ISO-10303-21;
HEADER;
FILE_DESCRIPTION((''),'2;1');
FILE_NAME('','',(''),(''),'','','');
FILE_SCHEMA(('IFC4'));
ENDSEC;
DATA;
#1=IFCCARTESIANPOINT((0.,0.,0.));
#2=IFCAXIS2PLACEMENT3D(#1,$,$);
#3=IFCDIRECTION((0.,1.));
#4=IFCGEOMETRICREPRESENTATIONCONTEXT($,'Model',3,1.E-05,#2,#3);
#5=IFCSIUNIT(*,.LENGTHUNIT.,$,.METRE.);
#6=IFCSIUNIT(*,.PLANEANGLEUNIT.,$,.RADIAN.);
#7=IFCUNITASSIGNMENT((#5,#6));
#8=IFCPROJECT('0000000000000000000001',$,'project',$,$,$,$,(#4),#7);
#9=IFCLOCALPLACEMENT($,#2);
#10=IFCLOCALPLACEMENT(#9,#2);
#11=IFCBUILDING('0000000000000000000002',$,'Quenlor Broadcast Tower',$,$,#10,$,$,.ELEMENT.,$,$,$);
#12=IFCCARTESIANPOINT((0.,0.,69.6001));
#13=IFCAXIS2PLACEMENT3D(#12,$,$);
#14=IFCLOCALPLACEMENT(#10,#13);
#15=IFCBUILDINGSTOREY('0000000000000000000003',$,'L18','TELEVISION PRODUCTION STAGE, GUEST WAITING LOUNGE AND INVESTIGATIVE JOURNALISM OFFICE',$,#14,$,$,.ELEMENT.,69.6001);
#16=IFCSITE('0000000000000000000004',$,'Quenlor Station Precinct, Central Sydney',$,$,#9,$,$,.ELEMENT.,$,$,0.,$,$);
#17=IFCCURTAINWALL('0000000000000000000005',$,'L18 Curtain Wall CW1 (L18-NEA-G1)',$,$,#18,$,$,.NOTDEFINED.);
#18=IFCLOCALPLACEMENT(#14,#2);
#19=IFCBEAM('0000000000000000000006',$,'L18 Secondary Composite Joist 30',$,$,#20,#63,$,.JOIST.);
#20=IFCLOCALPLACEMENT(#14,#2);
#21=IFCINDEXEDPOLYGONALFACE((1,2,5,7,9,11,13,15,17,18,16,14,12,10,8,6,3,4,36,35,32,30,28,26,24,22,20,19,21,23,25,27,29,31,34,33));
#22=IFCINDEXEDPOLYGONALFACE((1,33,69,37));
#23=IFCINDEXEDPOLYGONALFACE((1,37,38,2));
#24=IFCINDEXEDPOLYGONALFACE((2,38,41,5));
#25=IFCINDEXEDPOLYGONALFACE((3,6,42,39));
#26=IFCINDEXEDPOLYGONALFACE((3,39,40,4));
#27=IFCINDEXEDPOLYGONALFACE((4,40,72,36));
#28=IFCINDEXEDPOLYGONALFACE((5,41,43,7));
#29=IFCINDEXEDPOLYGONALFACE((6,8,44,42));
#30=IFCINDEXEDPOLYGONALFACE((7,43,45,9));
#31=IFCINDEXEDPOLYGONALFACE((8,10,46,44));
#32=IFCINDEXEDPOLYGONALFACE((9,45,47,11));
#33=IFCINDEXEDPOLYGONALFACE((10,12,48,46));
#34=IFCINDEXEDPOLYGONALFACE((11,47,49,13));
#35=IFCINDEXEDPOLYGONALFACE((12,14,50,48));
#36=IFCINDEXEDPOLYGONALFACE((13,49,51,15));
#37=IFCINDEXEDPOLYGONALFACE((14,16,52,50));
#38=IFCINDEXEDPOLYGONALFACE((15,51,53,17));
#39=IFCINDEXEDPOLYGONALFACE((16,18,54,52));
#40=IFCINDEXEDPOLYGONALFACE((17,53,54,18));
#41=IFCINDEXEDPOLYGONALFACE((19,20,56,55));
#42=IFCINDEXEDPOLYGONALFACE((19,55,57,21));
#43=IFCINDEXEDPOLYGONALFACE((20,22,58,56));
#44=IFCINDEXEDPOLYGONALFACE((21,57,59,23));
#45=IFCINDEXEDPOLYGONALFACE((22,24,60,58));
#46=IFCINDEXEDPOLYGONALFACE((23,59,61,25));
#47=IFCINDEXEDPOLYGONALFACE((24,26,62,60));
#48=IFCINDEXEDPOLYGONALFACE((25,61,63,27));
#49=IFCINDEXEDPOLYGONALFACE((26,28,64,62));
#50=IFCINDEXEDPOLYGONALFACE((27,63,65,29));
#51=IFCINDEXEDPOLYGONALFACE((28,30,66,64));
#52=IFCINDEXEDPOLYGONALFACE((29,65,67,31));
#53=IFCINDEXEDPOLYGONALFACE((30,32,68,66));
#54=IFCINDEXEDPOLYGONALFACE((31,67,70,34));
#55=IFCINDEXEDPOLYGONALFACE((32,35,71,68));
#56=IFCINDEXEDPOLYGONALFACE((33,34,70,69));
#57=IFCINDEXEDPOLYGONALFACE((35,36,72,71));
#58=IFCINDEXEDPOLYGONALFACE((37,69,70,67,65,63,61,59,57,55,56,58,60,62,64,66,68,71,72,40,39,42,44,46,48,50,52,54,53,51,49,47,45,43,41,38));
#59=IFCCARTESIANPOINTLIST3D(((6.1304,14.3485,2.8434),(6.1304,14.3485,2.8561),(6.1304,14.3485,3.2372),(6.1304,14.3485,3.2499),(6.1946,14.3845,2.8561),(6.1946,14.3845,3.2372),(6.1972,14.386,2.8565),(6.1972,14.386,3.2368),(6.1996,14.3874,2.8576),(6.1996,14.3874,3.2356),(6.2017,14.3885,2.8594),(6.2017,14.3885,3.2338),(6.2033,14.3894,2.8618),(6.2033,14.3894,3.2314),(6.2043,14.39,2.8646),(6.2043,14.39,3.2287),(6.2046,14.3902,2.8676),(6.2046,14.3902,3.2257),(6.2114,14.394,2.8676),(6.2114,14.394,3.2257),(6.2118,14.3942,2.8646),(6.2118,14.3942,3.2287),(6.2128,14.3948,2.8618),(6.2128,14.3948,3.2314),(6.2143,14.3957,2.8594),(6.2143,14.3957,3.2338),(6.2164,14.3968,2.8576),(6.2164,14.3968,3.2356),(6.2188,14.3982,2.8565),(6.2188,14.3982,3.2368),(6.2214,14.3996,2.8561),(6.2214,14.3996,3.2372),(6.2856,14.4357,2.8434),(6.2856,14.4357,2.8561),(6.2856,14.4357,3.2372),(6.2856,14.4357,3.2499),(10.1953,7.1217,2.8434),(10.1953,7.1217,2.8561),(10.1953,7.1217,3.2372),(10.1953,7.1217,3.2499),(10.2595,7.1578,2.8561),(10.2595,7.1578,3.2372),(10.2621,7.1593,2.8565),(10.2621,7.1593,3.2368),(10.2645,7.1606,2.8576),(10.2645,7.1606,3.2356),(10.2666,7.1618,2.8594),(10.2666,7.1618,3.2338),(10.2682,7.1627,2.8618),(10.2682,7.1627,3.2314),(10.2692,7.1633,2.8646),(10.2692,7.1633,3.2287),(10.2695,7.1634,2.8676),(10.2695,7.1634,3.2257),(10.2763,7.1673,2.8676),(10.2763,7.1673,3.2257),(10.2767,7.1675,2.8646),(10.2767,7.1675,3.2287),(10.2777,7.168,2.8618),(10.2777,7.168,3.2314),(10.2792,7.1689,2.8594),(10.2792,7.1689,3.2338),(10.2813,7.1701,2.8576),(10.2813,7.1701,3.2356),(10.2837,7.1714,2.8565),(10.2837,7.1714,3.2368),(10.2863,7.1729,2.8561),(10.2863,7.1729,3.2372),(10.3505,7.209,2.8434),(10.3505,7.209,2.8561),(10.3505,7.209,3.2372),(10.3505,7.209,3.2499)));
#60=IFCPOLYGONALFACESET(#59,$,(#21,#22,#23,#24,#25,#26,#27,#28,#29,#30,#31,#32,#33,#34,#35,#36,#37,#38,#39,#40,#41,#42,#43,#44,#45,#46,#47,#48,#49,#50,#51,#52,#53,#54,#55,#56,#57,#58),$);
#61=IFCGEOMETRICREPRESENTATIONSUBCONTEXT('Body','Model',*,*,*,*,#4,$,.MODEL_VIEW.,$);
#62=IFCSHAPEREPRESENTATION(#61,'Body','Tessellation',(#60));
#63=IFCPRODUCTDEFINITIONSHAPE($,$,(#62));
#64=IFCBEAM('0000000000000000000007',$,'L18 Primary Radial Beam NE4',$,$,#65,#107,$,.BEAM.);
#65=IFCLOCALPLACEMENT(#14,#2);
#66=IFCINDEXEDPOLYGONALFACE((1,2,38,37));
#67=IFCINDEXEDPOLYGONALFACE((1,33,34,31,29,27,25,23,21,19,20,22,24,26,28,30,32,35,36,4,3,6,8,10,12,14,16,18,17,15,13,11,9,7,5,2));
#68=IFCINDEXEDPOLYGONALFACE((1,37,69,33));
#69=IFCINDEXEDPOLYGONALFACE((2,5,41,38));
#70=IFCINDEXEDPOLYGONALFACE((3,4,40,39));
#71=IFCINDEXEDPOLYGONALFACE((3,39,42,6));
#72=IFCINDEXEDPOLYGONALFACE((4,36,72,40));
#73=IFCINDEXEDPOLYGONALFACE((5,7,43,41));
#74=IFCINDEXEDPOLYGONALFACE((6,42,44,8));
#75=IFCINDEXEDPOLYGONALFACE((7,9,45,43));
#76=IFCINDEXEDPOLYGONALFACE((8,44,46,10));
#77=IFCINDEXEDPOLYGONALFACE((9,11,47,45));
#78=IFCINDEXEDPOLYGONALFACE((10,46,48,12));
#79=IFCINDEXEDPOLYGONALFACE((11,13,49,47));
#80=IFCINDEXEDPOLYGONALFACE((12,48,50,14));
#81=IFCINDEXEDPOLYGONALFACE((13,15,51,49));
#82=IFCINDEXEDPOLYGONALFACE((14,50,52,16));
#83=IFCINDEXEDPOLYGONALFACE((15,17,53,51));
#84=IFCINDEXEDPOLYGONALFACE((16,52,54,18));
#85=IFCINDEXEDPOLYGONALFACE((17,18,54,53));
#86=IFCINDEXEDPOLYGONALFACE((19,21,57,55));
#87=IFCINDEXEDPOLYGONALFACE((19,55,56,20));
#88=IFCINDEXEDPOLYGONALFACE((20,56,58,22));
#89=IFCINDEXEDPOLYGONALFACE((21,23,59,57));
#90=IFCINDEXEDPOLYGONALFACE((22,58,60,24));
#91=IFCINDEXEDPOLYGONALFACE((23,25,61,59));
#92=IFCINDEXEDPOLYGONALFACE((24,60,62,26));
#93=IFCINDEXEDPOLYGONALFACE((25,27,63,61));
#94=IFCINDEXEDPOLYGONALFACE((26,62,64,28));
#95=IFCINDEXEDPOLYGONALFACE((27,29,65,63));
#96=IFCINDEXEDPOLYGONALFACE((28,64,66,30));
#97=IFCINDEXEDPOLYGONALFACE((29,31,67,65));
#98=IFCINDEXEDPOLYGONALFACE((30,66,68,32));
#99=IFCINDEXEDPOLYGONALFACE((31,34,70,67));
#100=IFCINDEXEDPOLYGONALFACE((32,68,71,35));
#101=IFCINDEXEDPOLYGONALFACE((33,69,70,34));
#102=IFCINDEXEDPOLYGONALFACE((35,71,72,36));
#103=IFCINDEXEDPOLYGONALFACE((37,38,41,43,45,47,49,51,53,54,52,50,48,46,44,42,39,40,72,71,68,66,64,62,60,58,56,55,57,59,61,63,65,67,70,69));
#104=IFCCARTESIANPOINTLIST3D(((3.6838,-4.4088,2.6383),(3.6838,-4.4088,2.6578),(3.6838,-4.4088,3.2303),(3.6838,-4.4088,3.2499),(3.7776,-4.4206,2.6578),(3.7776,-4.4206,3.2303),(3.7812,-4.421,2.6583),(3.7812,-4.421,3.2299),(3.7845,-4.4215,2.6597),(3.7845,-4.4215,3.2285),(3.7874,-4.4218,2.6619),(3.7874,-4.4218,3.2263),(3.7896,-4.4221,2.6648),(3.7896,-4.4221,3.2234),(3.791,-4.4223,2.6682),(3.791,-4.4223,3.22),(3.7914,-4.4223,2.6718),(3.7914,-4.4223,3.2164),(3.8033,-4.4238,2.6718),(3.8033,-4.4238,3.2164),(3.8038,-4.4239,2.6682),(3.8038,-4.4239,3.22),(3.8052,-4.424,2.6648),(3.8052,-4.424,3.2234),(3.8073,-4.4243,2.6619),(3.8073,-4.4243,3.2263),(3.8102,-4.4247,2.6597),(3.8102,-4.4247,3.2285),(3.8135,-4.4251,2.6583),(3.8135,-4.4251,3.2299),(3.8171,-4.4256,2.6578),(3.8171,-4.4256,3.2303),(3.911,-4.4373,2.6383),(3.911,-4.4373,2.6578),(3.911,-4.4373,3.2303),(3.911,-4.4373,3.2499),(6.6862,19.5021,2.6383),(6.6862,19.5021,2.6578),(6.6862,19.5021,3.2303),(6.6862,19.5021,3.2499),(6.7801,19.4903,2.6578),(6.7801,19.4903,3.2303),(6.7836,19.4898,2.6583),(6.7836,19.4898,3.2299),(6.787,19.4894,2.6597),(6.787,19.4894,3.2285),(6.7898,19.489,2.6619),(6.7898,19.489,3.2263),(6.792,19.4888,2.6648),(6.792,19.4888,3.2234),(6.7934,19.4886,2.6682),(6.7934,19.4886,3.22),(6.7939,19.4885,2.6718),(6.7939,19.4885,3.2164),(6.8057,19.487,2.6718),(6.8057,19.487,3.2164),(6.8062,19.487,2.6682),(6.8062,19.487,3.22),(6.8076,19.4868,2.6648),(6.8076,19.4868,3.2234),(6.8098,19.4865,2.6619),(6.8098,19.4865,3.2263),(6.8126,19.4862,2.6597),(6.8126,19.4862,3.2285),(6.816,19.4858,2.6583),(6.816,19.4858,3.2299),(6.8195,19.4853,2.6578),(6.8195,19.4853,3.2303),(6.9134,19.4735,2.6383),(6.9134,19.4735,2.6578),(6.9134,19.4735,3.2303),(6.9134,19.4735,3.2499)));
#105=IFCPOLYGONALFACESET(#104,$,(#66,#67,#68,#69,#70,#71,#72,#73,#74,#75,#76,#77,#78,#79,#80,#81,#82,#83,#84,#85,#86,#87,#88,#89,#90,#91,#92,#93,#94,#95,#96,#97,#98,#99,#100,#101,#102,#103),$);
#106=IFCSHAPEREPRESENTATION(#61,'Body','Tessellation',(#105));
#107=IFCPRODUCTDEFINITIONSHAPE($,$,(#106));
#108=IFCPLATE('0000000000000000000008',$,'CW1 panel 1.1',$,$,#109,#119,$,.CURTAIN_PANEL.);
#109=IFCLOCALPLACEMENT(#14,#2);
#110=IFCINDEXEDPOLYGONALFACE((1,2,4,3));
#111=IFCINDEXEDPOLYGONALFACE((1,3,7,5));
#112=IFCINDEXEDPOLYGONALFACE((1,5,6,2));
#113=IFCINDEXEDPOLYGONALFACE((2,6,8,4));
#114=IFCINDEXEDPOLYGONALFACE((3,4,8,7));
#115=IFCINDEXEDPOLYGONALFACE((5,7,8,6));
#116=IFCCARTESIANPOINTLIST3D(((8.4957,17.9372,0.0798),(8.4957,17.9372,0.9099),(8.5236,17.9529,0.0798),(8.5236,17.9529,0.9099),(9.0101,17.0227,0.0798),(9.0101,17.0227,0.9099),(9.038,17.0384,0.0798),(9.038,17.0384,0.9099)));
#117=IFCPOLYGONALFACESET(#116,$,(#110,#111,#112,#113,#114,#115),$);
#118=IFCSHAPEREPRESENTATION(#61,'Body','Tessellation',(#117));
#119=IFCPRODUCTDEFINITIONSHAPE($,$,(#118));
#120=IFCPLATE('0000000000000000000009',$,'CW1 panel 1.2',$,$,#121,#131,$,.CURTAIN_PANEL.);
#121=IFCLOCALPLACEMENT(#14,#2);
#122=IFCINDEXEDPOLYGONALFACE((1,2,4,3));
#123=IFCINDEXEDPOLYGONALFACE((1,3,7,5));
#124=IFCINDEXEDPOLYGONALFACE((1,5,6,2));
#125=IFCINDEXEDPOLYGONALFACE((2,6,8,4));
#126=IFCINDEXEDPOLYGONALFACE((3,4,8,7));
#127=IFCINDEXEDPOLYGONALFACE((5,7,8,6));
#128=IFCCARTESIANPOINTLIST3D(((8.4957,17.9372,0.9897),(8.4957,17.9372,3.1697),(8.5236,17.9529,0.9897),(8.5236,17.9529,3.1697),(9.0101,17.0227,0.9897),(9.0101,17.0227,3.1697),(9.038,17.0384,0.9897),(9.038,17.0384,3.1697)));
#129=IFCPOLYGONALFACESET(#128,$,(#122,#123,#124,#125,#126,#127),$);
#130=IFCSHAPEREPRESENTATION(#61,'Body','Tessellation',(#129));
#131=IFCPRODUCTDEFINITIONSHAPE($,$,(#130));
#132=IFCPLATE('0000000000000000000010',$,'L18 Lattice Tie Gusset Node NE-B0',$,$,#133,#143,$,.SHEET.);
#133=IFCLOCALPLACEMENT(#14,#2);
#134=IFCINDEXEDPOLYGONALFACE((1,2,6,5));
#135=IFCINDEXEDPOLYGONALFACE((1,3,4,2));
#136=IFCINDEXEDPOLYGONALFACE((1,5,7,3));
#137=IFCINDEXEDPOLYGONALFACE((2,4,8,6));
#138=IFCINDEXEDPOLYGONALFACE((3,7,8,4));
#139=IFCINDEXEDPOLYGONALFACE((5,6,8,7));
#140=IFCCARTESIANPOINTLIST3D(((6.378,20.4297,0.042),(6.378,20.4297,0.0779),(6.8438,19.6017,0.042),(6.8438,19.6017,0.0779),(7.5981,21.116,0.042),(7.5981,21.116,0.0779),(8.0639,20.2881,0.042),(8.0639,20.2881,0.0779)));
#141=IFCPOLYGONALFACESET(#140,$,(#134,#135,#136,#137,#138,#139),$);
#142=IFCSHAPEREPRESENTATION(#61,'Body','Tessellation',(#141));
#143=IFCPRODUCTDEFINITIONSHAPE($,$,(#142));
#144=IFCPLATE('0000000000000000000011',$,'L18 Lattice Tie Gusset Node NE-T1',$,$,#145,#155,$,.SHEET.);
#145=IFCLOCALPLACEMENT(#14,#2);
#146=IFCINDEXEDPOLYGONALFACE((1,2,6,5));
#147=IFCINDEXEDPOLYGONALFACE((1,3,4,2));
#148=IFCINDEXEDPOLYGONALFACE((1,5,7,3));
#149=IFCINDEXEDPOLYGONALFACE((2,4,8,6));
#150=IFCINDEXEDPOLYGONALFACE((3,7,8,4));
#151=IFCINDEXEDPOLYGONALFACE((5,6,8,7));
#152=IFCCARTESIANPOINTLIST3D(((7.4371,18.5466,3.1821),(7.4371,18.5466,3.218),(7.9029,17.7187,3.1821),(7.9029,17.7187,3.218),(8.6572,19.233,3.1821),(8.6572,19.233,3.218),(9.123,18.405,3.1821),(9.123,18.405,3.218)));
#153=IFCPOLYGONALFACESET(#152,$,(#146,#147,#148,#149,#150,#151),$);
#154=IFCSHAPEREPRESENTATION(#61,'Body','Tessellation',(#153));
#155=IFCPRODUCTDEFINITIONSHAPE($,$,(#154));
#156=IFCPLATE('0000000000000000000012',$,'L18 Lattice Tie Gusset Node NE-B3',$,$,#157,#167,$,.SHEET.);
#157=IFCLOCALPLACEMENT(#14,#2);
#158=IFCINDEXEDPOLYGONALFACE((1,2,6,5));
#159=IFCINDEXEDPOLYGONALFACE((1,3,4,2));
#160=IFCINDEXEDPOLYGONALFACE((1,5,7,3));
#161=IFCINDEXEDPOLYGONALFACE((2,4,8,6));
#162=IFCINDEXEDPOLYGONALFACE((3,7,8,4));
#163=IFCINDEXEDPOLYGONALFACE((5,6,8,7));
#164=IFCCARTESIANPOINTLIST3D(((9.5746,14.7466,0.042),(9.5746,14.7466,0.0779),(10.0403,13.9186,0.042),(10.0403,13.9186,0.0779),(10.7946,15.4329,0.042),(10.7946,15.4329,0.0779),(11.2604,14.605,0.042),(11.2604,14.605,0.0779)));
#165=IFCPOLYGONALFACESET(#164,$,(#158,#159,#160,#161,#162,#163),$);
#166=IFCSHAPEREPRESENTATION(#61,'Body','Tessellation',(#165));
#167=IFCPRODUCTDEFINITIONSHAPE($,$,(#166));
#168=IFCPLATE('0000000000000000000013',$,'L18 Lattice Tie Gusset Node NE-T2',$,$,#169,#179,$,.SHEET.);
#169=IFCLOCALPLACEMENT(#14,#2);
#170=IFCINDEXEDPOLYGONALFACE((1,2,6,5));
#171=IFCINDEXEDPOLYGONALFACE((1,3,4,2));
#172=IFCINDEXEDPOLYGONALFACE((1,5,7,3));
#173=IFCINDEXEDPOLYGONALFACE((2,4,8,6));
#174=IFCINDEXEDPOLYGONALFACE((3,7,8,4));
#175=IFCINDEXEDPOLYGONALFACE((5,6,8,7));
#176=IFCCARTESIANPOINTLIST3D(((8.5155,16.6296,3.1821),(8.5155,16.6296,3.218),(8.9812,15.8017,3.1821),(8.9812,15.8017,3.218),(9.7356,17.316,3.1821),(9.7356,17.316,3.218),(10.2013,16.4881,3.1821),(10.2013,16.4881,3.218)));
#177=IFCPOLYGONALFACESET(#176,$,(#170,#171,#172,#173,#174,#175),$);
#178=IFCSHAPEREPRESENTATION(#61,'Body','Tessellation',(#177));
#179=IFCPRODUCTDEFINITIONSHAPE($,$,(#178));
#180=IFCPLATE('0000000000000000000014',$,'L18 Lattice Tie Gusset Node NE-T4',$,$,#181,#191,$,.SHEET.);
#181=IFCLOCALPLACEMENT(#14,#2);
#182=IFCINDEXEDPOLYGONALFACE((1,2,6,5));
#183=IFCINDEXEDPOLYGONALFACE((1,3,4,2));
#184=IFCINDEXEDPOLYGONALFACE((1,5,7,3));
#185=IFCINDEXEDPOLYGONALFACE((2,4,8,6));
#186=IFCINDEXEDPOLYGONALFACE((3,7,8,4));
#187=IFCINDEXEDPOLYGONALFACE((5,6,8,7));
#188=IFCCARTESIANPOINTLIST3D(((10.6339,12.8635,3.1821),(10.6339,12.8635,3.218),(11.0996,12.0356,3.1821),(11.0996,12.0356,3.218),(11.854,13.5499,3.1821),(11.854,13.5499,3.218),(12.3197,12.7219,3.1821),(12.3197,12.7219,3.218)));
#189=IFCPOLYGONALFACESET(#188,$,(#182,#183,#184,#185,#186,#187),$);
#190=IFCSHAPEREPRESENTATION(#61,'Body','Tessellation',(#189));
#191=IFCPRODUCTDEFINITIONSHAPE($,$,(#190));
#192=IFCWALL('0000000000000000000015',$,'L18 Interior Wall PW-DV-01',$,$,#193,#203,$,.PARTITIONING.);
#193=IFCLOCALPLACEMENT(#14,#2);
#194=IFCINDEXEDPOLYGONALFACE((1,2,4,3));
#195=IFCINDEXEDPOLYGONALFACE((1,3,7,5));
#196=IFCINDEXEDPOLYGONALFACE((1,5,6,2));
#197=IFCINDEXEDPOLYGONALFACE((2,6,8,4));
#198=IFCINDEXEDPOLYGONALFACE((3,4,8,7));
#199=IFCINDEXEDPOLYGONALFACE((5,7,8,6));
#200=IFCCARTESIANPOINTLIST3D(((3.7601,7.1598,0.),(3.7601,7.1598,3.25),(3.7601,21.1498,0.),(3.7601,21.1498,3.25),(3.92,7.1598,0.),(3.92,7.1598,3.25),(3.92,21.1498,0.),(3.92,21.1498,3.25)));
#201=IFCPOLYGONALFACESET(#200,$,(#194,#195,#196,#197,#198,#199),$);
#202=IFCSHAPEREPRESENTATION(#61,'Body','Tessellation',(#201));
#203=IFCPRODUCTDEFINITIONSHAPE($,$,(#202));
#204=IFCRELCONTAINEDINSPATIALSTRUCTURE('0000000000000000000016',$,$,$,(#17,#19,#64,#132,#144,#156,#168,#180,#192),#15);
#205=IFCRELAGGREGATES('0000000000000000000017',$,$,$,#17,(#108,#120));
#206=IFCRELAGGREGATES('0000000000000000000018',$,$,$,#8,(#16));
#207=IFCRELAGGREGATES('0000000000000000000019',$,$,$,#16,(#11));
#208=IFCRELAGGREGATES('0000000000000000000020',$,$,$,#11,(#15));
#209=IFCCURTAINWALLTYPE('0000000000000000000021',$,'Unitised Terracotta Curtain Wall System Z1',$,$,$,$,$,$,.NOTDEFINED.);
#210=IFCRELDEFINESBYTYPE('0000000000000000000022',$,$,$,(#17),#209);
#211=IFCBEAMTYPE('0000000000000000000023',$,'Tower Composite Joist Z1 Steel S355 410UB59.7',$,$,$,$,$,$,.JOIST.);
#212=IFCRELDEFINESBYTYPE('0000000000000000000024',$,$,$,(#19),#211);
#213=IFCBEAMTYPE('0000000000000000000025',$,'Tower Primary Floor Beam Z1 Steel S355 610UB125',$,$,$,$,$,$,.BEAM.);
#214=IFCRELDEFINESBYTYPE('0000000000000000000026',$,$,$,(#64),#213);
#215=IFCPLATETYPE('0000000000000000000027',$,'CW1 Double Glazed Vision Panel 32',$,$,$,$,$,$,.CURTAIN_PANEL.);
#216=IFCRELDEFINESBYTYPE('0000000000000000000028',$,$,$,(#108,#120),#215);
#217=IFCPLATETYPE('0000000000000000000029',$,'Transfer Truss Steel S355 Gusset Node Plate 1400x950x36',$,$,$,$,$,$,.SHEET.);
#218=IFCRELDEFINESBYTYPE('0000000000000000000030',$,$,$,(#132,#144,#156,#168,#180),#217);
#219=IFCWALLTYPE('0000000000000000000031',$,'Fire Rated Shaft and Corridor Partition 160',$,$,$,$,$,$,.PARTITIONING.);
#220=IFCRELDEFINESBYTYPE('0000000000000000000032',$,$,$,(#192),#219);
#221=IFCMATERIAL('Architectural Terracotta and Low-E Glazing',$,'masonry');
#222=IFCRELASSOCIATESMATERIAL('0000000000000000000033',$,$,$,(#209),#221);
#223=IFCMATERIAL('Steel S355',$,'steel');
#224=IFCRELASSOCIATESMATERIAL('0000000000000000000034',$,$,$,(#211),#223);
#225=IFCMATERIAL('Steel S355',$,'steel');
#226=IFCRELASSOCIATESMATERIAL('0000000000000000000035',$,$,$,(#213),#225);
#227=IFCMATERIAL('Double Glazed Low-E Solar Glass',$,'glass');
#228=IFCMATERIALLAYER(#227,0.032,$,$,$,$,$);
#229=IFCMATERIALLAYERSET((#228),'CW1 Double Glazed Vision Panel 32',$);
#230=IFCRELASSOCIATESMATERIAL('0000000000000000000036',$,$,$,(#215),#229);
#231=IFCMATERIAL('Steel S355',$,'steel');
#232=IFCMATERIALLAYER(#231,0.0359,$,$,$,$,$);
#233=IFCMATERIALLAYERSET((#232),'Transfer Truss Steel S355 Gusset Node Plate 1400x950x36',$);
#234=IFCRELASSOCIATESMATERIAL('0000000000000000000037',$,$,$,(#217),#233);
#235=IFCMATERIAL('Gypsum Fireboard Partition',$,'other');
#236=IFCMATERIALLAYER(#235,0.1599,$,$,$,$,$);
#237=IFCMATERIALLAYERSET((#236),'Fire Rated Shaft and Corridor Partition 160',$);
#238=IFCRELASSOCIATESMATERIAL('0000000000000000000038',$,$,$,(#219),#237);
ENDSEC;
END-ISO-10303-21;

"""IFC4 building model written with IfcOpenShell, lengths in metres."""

from ifc_helpers import new_model, si_unit, direction, frame, frame_2d, origin, origin_2d, place, context, subcontext, project, spatial, rectangle, i_section, extrude, material, layer, layer_set, material_profile, profile_set, type_object, element, aggregate, save


model = new_model("IFC4")

# Units and contexts
model_context = context("Model", 3, precision=1e-05, world=origin(), true_north=direction((0.0, 1.0)))
body_context = subcontext(model_context, "Body", "Model", "MODEL_VIEW")
ifc_project = project(units=[si_unit("LENGTHUNIT", "METRE"), si_unit("PLANEANGLEUNIT", "RADIAN")], contexts=[model_context])

# Site, building, storey
site_placement = place(None, origin())
site = spatial("IfcSite", under=ifc_project, at=site_placement, Name="Quenlor Station Precinct, Central Sydney", CompositionType="ELEMENT", RefElevation=0.0)
building_placement = place(site_placement, origin())
building = spatial("IfcBuilding", under=site, at=building_placement, Name="Quenlor Broadcast Tower", CompositionType="ELEMENT")
storey_placement = place(building_placement, frame((0.0, 0.0, 69.6001)))
storey = spatial("IfcBuildingStorey", under=building, at=storey_placement, Name="L18", Description="TELEVISION PRODUCTION STAGE, GUEST WAITING LOUNGE AND INVESTIGATIVE JOURNALISM OFFICE", CompositionType="ELEMENT", Elevation=69.6001)

# Curtain wall
ifc_material_1 = material(Name="Architectural Terracotta and Low-E Glazing", Category="masonry")
curtain_wall_type = type_object("IfcCurtainWallType", Name="Unitised Terracotta Curtain Wall System Z1", PredefinedType="NOTDEFINED", material=ifc_material_1)
curtain_wall_placement = place(storey_placement, origin())
curtain_wall = element("IfcCurtainWall", 1, at=curtain_wall_placement, inside=storey, type_object=curtain_wall_type, Name="L18 Curtain Wall CW1 (L18-NEA-G1)", PredefinedType="NOTDEFINED")

# Beams
ifc_material_2 = material(Name="Steel S355", Category="steel")
ifc_material_profile_1 = material_profile(ifc_material_2, i_section(OverallWidth=0.178, OverallDepth=0.4065, WebThickness=0.0078, FlangeThickness=0.0127, FilletRadius=0.0115, at=origin_2d()))
ifc_profile_set_1 = profile_set([ifc_material_profile_1], Name="Steel S355 410UB59.7")
beam_type_1 = type_object("IfcBeamType", Name="Tower Composite Joist Z1 Steel S355 410UB59.7", PredefinedType="JOIST", material=ifc_profile_set_1)
beam_1_placement = place(storey_placement, frame((6.208, 14.3921, 3.0466), z_axis=(0.490249, -0.871583, 0.0), x_axis=(0.871583, 0.490249, 0.0)))
element("IfcBeam", 2, at=beam_1_placement, inside=storey, type_object=beam_type_1, Name="L18 Secondary Composite Joist 30", PredefinedType="JOIST", context=body_context, shape_type="SweptSolid", body=[
    extrude(i_section(OverallWidth=0.178, OverallDepth=0.4065, WebThickness=0.0078, FlangeThickness=0.0127, FilletRadius=0.0115, at=origin_2d()), origin(), (0.0, 0.0, 1.0), 8.2915),
])
ifc_material_3 = material(Name="Steel S355", Category="steel")
ifc_material_profile_2 = material_profile(ifc_material_3, i_section(OverallWidth=0.229, OverallDepth=0.6116, WebThickness=0.012, FlangeThickness=0.0195, FilletRadius=0.0139, at=origin_2d()))
ifc_profile_set_2 = profile_set([ifc_material_profile_2], Name="Steel S355 610UB125")
beam_type_2 = type_object("IfcBeamType", Name="Tower Primary Floor Beam Z1 Steel S355 610UB125", PredefinedType="BEAM", material=ifc_profile_set_2)
beam_2_placement = place(storey_placement, frame((6.7998, 19.4878, 2.9441), z_axis=(-0.12459, -0.992208, 0.0), x_axis=(0.992208, -0.12459, 0.0)))
element("IfcBeam", 3, at=beam_2_placement, inside=storey, type_object=beam_type_2, Name="L18 Primary Radial Beam NE4", PredefinedType="BEAM", context=body_context, shape_type="SweptSolid", body=[
    extrude(i_section(OverallWidth=0.229, OverallDepth=0.6116, WebThickness=0.012, FlangeThickness=0.0195, FilletRadius=0.0139, at=origin_2d()), origin(), (0.0, 0.0, 1.0), 24.0986),
])

# Plates
ifc_material_4 = material(Name="Double Glazed Low-E Solar Glass", Category="glass")
ifc_layer_1 = layer(ifc_material_4, 0.032)
ifc_layer_set_1 = layer_set([ifc_layer_1], Name="CW1 Double Glazed Vision Panel 32")
plate_type_1 = type_object("IfcPlateType", Name="CW1 Double Glazed Vision Panel 32", PredefinedType="CURTAIN_PANEL", material=ifc_layer_set_1)
plate_1_placement = place(storey_placement, frame((8.7668, 17.4878, 0.0798), z_axis=(0.0, 0.0, 1.0), x_axis=(0.490277, -0.871567, 0.0)))
plate_1 = element("IfcPlate", 4, at=plate_1_placement, type_object=plate_type_1, Name="CW1 panel 1.1", PredefinedType="CURTAIN_PANEL", context=body_context, shape_type="SweptSolid", body=[
    extrude(rectangle(XDim=1.0493, YDim=0.032, at=origin_2d()), origin(), (0.0, 0.0, 1.0), 0.8301),
])
plate_2_placement = place(storey_placement, frame((8.7668, 17.4878, 0.9897), z_axis=(0.0, 0.0, 1.0), x_axis=(0.490277, -0.871567, 0.0)))
plate_2 = element("IfcPlate", 5, at=plate_2_placement, type_object=plate_type_1, Name="CW1 panel 1.2", PredefinedType="CURTAIN_PANEL", context=body_context, shape_type="SweptSolid", body=[
    extrude(rectangle(XDim=1.0493, YDim=0.032, at=origin_2d()), origin(), (0.0, 0.0, 1.0), 2.1799),
])
aggregate(curtain_wall, [plate_1, plate_2])

# Plates
ifc_material_5 = material(Name="Steel S355", Category="steel")
ifc_layer_2 = layer(ifc_material_5, 0.0359)
ifc_layer_set_2 = layer_set([ifc_layer_2], Name="Transfer Truss Steel S355 Gusset Node Plate 1400x950x36")
plate_type_2 = type_object("IfcPlateType", Name="Transfer Truss Steel S355 Gusset Node Plate 1400x950x36", PredefinedType="SHEET", material=ifc_layer_set_2)
for number, where, z_axis, x_axis, name in (
    (6, (7.2209, 20.3589, 0.042), (0.0, 0.0, 1.0), (0.871556, 0.490295, 0.0), "L18 Lattice Tie Gusset Node NE-B0"),
    (7, (8.28, 18.4758, 3.1821), (0.0, 0.0, 1.0), (0.871556, 0.490295, 0.0), "L18 Lattice Tie Gusset Node NE-T1"),
    (8, (10.4175, 14.6758, 0.042), (0.0, 0.0, 1.0), (0.871556, 0.490295, 0.0), "L18 Lattice Tie Gusset Node NE-B3"),
    (9, (9.3584, 16.5588, 3.1821), (0.0, 0.0, 1.0), (0.871556, 0.490295, 0.0), "L18 Lattice Tie Gusset Node NE-T2"),
    (10, (11.4768, 12.7927, 3.1821), (0.0, 0.0, 1.0), (0.871556, 0.490295, 0.0), "L18 Lattice Tie Gusset Node NE-T4"),
):
    element("IfcPlate", number, at=place(storey_placement, frame(where, z_axis=z_axis, x_axis=x_axis)), inside=storey, type_object=plate_type_2, Name=name, PredefinedType="SHEET", context=body_context, shape_type="SweptSolid", body=[
        extrude(rectangle(XDim=1.3999, YDim=0.95, at=origin_2d()), origin(), (0.0, 0.0, 1.0), 0.0359),
    ])

# Wall
ifc_material_6 = material(Name="Gypsum Fireboard Partition", Category="other")
ifc_layer_3 = layer(ifc_material_6, 0.1599)
ifc_layer_set_3 = layer_set([ifc_layer_3], Name="Fire Rated Shaft and Corridor Partition 160")
wall_type_1 = type_object("IfcWallType", Name="Fire Rated Shaft and Corridor Partition 160", PredefinedType="PARTITIONING", material=ifc_layer_set_3)
wall_1_placement = place(storey_placement, frame((3.8401, 21.1499, 0.0), z_axis=(0.0, 0.0, 1.0), x_axis=(0.0, -1.0, 0.0)))
element("IfcWall", 11, at=wall_1_placement, inside=storey, type_object=wall_type_1, Name="L18 Interior Wall PW-DV-01", PredefinedType="PARTITIONING", context=body_context, shape_type="SweptSolid", body=[
    extrude(rectangle(XDim=13.99, YDim=0.1599, at=frame_2d((6.9951, 0.0))), origin(), (0.0, 0.0, 1.0), 3.25),
])

save(model, "model.ifc")
